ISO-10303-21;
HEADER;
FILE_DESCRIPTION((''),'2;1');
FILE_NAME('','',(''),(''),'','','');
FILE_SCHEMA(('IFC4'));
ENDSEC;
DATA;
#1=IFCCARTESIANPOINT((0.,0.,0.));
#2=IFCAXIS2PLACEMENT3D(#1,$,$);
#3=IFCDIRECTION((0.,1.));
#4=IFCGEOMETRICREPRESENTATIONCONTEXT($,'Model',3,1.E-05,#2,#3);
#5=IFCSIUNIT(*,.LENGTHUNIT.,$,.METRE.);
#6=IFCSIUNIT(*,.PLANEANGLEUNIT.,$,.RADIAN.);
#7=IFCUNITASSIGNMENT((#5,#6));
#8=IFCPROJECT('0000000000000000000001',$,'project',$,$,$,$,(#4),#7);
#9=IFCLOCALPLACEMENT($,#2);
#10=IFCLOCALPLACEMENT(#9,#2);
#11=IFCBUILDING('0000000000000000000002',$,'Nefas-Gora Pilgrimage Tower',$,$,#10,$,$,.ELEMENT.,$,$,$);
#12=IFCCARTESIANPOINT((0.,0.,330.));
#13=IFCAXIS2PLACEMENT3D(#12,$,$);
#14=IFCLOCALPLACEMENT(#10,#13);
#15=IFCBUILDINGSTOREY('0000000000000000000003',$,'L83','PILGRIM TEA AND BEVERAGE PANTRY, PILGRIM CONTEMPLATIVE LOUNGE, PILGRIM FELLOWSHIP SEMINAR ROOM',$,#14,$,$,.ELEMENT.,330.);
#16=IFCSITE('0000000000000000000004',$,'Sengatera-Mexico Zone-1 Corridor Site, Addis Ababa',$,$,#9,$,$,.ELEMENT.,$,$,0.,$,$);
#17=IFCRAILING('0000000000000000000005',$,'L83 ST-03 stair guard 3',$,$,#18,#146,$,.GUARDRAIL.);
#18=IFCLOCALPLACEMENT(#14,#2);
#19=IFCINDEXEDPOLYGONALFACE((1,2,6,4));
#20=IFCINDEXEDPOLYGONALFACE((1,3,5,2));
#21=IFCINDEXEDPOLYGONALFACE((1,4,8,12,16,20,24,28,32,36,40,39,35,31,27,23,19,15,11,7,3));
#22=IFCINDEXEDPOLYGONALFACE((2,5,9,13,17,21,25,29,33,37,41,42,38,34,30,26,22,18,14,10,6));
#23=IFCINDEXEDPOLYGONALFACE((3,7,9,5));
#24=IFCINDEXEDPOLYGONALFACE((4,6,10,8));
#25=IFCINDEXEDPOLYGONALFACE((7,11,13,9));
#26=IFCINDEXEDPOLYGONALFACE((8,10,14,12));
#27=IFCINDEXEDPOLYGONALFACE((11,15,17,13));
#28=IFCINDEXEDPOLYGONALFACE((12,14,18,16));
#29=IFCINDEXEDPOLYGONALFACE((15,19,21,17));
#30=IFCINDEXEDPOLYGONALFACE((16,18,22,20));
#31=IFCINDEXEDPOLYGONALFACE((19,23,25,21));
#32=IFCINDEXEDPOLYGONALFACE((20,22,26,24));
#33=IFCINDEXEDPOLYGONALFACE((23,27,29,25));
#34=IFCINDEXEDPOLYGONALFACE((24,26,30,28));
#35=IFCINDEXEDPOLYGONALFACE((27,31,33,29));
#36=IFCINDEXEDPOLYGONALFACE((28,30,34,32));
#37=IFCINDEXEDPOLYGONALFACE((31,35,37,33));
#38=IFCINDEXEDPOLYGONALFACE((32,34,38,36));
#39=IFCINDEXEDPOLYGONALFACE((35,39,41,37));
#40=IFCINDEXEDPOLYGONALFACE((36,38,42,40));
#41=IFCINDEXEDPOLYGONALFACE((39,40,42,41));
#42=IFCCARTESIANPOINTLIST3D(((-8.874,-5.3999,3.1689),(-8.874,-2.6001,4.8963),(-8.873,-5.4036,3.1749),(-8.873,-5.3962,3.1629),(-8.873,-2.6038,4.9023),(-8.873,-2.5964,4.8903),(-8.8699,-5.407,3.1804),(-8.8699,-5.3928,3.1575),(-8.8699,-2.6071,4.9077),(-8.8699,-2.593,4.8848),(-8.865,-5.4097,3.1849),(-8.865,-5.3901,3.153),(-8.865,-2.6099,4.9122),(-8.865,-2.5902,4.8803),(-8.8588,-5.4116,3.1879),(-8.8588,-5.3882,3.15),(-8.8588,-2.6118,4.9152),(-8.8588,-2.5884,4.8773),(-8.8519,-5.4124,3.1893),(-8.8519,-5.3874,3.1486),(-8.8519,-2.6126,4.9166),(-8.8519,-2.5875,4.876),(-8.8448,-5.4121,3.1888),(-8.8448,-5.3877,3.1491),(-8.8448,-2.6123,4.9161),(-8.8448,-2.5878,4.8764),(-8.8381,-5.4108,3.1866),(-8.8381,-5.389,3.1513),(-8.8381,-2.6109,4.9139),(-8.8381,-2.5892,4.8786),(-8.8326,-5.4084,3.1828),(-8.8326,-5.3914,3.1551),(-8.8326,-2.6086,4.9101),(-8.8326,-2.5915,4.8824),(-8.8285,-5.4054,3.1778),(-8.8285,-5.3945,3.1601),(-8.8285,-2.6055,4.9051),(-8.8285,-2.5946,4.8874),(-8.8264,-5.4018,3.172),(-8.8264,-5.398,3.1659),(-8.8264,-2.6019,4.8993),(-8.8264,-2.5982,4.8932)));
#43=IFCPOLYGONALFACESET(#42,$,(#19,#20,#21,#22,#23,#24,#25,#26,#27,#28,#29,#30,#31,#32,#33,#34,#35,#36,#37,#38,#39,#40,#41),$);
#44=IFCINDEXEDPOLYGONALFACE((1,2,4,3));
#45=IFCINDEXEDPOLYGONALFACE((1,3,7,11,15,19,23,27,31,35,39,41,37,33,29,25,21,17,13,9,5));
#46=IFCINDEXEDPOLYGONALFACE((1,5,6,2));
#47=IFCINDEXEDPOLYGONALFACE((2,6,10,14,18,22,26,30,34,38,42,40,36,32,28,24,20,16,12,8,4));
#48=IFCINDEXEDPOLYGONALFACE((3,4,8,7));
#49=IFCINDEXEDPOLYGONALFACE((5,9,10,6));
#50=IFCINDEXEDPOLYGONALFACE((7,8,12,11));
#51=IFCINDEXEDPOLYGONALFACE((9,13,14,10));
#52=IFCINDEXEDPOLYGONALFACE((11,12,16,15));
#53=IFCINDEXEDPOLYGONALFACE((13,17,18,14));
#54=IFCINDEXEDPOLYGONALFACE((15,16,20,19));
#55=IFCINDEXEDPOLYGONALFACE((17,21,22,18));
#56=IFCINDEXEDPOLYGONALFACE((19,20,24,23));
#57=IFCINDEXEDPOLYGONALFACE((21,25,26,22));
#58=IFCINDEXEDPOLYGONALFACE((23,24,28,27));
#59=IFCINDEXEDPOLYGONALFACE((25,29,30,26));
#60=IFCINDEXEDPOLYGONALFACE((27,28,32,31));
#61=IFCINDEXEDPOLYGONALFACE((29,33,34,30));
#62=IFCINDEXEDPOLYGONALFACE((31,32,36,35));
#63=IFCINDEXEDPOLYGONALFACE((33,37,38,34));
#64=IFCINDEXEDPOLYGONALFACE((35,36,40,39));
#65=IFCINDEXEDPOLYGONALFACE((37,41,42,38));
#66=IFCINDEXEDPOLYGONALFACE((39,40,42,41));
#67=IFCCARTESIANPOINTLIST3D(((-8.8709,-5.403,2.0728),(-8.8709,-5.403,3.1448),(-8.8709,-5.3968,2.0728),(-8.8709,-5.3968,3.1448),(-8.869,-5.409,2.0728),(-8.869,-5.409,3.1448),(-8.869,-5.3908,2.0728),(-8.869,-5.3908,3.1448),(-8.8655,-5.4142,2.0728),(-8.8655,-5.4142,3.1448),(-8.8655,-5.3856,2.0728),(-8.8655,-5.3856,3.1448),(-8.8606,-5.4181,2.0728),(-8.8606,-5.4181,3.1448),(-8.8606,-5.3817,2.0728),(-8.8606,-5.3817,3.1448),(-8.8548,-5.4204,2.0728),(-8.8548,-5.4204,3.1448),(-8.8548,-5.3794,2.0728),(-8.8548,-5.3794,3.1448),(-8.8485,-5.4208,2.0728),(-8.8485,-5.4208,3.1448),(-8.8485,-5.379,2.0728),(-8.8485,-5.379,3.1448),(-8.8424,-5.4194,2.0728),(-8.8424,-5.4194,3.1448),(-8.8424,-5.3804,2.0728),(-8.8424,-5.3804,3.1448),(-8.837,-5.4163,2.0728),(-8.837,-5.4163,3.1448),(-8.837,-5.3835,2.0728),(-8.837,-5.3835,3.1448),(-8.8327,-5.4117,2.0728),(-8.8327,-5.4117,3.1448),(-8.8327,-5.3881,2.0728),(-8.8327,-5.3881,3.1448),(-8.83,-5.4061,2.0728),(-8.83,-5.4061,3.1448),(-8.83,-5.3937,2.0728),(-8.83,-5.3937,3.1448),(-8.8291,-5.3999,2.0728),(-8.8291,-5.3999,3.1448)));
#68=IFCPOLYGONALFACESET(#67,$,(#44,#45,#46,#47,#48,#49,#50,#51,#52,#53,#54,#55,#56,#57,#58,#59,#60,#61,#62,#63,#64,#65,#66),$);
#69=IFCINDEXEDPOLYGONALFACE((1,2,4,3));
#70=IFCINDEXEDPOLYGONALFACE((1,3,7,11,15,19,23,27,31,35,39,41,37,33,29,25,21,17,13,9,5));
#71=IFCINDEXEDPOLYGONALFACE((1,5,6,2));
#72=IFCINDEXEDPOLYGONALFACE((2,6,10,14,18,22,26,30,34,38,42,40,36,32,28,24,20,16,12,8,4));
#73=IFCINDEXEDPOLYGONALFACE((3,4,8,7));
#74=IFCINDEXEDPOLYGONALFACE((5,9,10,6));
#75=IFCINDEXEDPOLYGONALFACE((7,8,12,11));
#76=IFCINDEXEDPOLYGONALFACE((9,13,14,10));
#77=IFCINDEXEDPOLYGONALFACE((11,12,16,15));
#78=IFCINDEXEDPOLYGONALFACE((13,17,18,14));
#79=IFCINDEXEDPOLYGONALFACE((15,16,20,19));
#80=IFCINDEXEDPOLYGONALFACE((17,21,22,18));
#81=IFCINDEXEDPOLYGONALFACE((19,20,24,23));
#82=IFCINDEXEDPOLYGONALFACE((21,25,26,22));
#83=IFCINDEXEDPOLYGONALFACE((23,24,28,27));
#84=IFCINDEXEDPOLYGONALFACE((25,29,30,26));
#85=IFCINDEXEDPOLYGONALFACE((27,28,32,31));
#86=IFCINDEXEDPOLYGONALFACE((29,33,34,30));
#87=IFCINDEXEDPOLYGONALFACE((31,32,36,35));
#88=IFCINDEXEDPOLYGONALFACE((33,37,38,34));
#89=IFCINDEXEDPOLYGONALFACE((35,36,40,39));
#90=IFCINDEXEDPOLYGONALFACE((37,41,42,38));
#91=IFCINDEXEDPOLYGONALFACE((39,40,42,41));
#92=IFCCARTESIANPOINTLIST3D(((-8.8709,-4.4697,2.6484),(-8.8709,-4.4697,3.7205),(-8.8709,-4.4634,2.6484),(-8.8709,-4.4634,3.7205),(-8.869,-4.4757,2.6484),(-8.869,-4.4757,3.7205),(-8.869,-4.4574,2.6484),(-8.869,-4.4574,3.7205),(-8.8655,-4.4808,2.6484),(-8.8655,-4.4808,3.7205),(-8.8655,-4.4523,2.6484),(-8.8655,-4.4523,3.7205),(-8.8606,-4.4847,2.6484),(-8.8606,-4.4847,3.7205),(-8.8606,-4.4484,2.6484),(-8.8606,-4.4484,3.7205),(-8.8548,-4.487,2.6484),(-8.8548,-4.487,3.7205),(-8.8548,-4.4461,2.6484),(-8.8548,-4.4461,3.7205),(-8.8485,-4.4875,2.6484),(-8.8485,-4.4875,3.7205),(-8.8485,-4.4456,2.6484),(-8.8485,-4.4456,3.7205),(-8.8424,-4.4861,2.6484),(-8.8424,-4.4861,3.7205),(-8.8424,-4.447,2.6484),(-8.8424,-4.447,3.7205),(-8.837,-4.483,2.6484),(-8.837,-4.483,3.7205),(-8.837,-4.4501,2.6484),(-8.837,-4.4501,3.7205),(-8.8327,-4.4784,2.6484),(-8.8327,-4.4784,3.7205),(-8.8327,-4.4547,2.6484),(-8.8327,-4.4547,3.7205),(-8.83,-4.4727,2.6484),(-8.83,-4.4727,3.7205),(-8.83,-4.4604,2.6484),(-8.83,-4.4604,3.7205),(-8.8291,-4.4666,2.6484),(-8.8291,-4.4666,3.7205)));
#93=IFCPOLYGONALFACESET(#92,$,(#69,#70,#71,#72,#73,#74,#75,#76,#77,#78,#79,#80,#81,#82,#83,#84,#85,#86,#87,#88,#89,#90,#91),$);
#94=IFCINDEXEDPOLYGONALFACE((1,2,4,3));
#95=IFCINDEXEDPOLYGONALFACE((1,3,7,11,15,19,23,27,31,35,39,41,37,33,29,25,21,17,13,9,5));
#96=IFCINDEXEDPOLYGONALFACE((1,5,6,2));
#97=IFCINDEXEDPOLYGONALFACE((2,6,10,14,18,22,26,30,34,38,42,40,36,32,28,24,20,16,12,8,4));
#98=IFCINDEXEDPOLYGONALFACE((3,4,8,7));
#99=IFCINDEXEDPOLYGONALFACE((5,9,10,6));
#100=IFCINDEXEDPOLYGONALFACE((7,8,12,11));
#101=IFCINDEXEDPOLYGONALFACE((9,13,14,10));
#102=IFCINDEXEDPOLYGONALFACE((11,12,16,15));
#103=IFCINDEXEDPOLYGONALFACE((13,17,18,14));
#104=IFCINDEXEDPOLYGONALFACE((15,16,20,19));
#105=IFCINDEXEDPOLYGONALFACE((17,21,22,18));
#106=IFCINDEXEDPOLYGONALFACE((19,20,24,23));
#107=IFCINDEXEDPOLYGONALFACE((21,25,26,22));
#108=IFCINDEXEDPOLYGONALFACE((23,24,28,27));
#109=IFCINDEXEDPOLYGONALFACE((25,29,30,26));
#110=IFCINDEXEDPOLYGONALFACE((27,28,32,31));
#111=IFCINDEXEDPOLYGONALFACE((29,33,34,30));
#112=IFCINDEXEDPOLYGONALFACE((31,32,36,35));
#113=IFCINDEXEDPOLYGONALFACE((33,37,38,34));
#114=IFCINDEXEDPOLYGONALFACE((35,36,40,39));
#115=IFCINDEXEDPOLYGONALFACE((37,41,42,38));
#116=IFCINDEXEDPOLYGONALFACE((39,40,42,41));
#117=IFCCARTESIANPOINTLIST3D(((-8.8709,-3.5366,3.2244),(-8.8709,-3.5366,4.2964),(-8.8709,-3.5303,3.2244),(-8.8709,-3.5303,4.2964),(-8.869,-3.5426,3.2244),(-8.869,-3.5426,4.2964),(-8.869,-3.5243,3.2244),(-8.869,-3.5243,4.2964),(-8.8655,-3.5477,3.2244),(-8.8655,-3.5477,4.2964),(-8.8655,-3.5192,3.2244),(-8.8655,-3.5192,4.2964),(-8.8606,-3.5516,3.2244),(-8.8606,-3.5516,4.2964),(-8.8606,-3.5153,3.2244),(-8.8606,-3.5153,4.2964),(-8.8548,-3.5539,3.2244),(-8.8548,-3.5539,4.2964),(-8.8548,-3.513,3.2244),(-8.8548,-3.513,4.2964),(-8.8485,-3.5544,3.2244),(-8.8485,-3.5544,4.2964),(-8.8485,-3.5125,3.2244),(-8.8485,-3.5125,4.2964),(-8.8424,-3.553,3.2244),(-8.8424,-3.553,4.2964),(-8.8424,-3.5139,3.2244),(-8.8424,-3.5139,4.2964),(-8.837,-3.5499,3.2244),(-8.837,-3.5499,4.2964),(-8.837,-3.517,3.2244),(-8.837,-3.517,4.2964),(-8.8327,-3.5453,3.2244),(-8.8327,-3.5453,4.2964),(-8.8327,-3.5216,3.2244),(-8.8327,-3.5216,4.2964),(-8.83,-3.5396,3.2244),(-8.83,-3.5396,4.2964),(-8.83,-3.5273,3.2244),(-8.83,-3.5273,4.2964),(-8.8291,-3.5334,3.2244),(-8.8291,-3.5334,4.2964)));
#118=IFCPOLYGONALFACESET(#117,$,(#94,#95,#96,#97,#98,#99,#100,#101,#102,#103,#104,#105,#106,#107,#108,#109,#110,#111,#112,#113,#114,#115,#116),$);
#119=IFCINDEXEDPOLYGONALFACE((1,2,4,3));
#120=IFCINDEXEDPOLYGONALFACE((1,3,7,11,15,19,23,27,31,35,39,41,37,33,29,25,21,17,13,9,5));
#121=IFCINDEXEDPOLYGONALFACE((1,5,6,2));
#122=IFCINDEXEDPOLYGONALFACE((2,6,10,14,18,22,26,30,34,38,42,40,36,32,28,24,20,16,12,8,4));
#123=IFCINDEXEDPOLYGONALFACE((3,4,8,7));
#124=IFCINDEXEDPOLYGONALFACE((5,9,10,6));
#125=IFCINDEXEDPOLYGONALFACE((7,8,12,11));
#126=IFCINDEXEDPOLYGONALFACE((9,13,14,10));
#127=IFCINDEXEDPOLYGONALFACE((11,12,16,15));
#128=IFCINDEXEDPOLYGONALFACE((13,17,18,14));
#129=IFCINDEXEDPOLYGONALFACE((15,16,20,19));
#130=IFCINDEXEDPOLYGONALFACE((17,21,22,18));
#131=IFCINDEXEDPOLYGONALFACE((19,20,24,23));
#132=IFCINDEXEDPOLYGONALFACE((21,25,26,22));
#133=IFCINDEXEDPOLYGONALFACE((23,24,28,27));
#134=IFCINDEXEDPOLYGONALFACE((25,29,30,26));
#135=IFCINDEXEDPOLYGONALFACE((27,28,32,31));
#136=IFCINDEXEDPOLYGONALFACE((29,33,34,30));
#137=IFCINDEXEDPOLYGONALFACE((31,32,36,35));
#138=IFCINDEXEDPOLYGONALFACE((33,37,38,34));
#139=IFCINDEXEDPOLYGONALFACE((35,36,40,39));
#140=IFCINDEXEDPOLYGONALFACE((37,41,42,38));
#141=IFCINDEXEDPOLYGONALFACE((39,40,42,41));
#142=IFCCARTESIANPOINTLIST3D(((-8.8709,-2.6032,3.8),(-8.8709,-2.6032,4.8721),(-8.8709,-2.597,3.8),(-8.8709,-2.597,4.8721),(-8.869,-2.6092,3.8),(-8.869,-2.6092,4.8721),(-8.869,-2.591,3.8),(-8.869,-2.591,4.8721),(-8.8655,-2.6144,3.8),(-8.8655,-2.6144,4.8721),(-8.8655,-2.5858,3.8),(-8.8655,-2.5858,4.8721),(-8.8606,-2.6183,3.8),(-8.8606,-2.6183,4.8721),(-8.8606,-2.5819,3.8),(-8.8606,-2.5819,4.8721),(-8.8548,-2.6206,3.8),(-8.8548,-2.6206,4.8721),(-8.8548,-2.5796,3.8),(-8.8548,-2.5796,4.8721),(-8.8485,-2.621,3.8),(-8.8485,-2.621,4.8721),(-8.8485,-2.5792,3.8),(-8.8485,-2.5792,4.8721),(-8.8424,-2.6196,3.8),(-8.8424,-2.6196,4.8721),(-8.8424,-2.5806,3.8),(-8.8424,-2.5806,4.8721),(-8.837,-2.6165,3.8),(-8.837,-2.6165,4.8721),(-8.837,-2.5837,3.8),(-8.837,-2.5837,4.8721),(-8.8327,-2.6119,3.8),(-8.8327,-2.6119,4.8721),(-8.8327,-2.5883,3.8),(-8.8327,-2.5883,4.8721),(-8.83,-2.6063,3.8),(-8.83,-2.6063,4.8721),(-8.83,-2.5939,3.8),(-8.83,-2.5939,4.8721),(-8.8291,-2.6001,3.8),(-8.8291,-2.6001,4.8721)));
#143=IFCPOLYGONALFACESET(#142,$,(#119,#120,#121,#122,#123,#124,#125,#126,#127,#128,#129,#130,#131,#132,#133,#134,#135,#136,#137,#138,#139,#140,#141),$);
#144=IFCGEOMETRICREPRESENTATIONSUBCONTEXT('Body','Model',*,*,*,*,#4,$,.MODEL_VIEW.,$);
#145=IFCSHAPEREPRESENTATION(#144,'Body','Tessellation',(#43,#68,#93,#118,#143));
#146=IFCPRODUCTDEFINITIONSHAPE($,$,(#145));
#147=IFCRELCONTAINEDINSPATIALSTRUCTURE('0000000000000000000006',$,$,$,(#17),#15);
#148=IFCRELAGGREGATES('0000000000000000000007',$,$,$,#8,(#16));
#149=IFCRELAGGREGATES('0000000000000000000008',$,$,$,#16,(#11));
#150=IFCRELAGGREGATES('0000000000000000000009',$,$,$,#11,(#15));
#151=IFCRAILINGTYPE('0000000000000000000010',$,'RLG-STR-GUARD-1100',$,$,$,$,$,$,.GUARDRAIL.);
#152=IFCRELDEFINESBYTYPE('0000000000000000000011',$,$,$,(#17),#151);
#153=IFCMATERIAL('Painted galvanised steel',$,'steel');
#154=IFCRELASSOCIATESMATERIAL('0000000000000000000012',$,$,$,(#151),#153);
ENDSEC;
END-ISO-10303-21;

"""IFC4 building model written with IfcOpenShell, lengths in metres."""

from ifc_helpers import new_model, si_unit, direction, frame, origin, origin_2d, place, context, subcontext, project, spatial, circle, extrude, material, type_object, element, save


model = new_model("IFC4")

# Units and contexts
model_context = context("Model", 3, precision=1e-05, world=origin(), true_north=direction((0.0, 1.0)))
body_context = subcontext(model_context, "Body", "Model", "MODEL_VIEW")
ifc_project = project(units=[si_unit("LENGTHUNIT", "METRE"), si_unit("PLANEANGLEUNIT", "RADIAN")], contexts=[model_context])

# Site, building, storey
site_placement = place(None, origin())
site = spatial("IfcSite", under=ifc_project, at=site_placement, Name="Sengatera-Mexico Zone-1 Corridor Site, Addis Ababa", CompositionType="ELEMENT", RefElevation=0.0)
building_placement = place(site_placement, origin())
building = spatial("IfcBuilding", under=site, at=building_placement, Name="Nefas-Gora Pilgrimage Tower", CompositionType="ELEMENT")
storey_placement = place(building_placement, frame((0.0, 0.0, 330.0)))
storey = spatial("IfcBuildingStorey", under=building, at=storey_placement, Name="L83", Description="PILGRIM TEA AND BEVERAGE PANTRY, PILGRIM CONTEMPLATIVE LOUNGE, PILGRIM FELLOWSHIP SEMINAR ROOM", CompositionType="ELEMENT", Elevation=330.0)

# Railing
ifc_material_1 = material(Name="Painted galvanised steel", Category="steel")
railing_type_1 = type_object("IfcRailingType", Name="RLG-STR-GUARD-1100", PredefinedType="GUARDRAIL", material=ifc_material_1)
railing_1_placement = place(storey_placement, frame((-8.8501, -5.3999, 2.0728)))
element("IfcRailing", 1, at=railing_1_placement, inside=storey, type_object=railing_type_1, Name="L83 ST-03 stair guard 3", PredefinedType="GUARDRAIL", context=body_context, shape_type="SweptSolid", body=[
    extrude(circle(Radius=0.0239, at=origin_2d()), frame((0.0, 0.0, 1.0962), z_axis=(0.0, 0.851069, 0.525054), x_axis=(-1.0, 0.0, 0.0)), (0.0, 0.0, 1.0), 3.2898),
    extrude(circle(Radius=0.021, at=origin_2d()), origin(), (0.0, 0.0, 1.0), 1.072),
    extrude(circle(Radius=0.021, at=origin_2d()), frame((0.0, 0.9333, 0.5757)), (0.0, 0.0, 1.0), 1.072),
    extrude(circle(Radius=0.021, at=origin_2d()), frame((0.0, 1.8665, 1.1516)), (0.0, 0.0, 1.0), 1.072),
    extrude(circle(Radius=0.021, at=origin_2d()), frame((0.0, 2.7998, 1.7273)), (0.0, 0.0, 1.0), 1.072),
])

save(model, "model.ifc")
